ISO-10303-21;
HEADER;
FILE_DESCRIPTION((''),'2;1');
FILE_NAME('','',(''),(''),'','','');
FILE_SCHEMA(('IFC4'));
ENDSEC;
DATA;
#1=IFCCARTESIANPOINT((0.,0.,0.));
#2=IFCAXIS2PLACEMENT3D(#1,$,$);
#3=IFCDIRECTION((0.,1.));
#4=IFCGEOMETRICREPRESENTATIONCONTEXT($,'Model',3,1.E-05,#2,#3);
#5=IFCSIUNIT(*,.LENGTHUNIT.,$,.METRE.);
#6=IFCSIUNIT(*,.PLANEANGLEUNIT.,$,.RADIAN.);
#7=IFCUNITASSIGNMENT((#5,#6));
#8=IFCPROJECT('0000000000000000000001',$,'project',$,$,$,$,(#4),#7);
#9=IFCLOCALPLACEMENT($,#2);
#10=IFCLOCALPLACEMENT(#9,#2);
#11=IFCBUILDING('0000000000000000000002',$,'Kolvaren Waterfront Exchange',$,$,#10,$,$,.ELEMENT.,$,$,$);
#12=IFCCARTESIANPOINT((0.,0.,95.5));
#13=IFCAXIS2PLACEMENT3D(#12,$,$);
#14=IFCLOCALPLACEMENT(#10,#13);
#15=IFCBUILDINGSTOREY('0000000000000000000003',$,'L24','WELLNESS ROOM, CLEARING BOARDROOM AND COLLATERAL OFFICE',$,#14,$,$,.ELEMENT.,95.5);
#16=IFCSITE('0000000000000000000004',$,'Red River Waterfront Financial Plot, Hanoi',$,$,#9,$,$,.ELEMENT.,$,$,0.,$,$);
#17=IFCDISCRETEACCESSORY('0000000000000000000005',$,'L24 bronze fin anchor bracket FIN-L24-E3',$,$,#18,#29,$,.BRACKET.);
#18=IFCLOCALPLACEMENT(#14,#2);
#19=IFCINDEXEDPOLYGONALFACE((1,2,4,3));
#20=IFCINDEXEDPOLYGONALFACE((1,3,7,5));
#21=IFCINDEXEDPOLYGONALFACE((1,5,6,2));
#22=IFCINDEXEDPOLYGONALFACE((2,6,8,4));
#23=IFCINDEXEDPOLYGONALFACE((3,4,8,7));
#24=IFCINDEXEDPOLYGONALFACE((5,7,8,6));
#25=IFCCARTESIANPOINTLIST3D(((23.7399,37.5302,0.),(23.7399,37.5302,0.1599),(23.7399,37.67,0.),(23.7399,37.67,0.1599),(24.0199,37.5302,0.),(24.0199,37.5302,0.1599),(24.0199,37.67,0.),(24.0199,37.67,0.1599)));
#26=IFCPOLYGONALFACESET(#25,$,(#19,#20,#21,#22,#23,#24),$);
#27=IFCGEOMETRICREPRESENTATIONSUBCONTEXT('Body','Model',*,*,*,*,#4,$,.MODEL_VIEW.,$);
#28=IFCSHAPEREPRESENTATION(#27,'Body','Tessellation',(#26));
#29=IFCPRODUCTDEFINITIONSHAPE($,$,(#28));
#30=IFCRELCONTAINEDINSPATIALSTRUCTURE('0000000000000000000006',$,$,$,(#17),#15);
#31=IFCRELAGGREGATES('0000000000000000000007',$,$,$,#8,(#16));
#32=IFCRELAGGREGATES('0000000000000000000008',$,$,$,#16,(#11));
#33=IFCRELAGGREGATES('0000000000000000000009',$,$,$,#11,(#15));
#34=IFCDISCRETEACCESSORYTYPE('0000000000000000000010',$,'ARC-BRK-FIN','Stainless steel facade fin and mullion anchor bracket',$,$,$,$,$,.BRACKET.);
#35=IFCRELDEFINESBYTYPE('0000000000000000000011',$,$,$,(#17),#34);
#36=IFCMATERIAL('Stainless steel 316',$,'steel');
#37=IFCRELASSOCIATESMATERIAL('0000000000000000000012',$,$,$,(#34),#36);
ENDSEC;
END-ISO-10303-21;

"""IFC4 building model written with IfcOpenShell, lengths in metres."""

from ifc_helpers import new_model, si_unit, direction, frame, origin, origin_with_axes, origin_2d, place, context, subcontext, project, spatial, rectangle, extrude, source, transform, mapped, material, type_object, element, save


model = new_model("IFC4")

# Units and contexts
model_context = context("Model", 3, precision=1e-05, world=origin(), true_north=direction((0.0, 1.0)))
body_context = subcontext(model_context, "Body", "Model", "MODEL_VIEW")
ifc_project = project(units=[si_unit("LENGTHUNIT", "METRE"), si_unit("PLANEANGLEUNIT", "RADIAN")], contexts=[model_context])

# Site, building, storey
site_placement = place(None, origin())
site = spatial("IfcSite", under=ifc_project, at=site_placement, Name="Red River Waterfront Financial Plot, Hanoi", CompositionType="ELEMENT", RefElevation=0.0)
building_placement = place(site_placement, origin())
building = spatial("IfcBuilding", under=site, at=building_placement, Name="Kolvaren Waterfront Exchange", CompositionType="ELEMENT")
storey_placement = place(building_placement, frame((0.0, 0.0, 95.5)))
storey = spatial("IfcBuildingStorey", under=building, at=storey_placement, Name="L24", Description="WELLNESS ROOM, CLEARING BOARDROOM AND COLLATERAL OFFICE", CompositionType="ELEMENT", Elevation=95.5)

# Discrete accessory
ifc_material_1 = material(Name="Stainless steel 316", Category="steel")
discrete_accessory_type = type_object("IfcDiscreteAccessoryType", Name="ARC-BRK-FIN", Description="Stainless steel facade fin and mullion anchor bracket", PredefinedType="BRACKET", material=ifc_material_1)
shared_shape_1 = source(origin_with_axes(), body_context, "Body", "SweptSolid", [
    extrude(rectangle(XDim=0.28, YDim=0.1399, at=origin_2d()), origin(), (0.0, 0.0, 1.0), 0.1599),
])
discrete_accessory_placement = place(storey_placement, frame((23.8799, 37.6001, 0.0), z_axis=(0.0, 0.0, 1.0), x_axis=(1.0, 0.0, 0.0)))
element("IfcDiscreteAccessory", 1, at=discrete_accessory_placement, inside=storey, type_object=discrete_accessory_type, Name="L24 bronze fin anchor bracket FIN-L24-E3", PredefinedType="BRACKET", context=body_context, shape_type="MappedRepresentation", body=[
    mapped(shared_shape_1, transform((0.0, 0.0, 0.0), x_axis=(1.0, 0.0, 0.0), y_axis=(0.0, 1.0, 0.0), z_axis=(0.0, 0.0, 1.0), scale=1.0)),
])

save(model, "model.ifc")
